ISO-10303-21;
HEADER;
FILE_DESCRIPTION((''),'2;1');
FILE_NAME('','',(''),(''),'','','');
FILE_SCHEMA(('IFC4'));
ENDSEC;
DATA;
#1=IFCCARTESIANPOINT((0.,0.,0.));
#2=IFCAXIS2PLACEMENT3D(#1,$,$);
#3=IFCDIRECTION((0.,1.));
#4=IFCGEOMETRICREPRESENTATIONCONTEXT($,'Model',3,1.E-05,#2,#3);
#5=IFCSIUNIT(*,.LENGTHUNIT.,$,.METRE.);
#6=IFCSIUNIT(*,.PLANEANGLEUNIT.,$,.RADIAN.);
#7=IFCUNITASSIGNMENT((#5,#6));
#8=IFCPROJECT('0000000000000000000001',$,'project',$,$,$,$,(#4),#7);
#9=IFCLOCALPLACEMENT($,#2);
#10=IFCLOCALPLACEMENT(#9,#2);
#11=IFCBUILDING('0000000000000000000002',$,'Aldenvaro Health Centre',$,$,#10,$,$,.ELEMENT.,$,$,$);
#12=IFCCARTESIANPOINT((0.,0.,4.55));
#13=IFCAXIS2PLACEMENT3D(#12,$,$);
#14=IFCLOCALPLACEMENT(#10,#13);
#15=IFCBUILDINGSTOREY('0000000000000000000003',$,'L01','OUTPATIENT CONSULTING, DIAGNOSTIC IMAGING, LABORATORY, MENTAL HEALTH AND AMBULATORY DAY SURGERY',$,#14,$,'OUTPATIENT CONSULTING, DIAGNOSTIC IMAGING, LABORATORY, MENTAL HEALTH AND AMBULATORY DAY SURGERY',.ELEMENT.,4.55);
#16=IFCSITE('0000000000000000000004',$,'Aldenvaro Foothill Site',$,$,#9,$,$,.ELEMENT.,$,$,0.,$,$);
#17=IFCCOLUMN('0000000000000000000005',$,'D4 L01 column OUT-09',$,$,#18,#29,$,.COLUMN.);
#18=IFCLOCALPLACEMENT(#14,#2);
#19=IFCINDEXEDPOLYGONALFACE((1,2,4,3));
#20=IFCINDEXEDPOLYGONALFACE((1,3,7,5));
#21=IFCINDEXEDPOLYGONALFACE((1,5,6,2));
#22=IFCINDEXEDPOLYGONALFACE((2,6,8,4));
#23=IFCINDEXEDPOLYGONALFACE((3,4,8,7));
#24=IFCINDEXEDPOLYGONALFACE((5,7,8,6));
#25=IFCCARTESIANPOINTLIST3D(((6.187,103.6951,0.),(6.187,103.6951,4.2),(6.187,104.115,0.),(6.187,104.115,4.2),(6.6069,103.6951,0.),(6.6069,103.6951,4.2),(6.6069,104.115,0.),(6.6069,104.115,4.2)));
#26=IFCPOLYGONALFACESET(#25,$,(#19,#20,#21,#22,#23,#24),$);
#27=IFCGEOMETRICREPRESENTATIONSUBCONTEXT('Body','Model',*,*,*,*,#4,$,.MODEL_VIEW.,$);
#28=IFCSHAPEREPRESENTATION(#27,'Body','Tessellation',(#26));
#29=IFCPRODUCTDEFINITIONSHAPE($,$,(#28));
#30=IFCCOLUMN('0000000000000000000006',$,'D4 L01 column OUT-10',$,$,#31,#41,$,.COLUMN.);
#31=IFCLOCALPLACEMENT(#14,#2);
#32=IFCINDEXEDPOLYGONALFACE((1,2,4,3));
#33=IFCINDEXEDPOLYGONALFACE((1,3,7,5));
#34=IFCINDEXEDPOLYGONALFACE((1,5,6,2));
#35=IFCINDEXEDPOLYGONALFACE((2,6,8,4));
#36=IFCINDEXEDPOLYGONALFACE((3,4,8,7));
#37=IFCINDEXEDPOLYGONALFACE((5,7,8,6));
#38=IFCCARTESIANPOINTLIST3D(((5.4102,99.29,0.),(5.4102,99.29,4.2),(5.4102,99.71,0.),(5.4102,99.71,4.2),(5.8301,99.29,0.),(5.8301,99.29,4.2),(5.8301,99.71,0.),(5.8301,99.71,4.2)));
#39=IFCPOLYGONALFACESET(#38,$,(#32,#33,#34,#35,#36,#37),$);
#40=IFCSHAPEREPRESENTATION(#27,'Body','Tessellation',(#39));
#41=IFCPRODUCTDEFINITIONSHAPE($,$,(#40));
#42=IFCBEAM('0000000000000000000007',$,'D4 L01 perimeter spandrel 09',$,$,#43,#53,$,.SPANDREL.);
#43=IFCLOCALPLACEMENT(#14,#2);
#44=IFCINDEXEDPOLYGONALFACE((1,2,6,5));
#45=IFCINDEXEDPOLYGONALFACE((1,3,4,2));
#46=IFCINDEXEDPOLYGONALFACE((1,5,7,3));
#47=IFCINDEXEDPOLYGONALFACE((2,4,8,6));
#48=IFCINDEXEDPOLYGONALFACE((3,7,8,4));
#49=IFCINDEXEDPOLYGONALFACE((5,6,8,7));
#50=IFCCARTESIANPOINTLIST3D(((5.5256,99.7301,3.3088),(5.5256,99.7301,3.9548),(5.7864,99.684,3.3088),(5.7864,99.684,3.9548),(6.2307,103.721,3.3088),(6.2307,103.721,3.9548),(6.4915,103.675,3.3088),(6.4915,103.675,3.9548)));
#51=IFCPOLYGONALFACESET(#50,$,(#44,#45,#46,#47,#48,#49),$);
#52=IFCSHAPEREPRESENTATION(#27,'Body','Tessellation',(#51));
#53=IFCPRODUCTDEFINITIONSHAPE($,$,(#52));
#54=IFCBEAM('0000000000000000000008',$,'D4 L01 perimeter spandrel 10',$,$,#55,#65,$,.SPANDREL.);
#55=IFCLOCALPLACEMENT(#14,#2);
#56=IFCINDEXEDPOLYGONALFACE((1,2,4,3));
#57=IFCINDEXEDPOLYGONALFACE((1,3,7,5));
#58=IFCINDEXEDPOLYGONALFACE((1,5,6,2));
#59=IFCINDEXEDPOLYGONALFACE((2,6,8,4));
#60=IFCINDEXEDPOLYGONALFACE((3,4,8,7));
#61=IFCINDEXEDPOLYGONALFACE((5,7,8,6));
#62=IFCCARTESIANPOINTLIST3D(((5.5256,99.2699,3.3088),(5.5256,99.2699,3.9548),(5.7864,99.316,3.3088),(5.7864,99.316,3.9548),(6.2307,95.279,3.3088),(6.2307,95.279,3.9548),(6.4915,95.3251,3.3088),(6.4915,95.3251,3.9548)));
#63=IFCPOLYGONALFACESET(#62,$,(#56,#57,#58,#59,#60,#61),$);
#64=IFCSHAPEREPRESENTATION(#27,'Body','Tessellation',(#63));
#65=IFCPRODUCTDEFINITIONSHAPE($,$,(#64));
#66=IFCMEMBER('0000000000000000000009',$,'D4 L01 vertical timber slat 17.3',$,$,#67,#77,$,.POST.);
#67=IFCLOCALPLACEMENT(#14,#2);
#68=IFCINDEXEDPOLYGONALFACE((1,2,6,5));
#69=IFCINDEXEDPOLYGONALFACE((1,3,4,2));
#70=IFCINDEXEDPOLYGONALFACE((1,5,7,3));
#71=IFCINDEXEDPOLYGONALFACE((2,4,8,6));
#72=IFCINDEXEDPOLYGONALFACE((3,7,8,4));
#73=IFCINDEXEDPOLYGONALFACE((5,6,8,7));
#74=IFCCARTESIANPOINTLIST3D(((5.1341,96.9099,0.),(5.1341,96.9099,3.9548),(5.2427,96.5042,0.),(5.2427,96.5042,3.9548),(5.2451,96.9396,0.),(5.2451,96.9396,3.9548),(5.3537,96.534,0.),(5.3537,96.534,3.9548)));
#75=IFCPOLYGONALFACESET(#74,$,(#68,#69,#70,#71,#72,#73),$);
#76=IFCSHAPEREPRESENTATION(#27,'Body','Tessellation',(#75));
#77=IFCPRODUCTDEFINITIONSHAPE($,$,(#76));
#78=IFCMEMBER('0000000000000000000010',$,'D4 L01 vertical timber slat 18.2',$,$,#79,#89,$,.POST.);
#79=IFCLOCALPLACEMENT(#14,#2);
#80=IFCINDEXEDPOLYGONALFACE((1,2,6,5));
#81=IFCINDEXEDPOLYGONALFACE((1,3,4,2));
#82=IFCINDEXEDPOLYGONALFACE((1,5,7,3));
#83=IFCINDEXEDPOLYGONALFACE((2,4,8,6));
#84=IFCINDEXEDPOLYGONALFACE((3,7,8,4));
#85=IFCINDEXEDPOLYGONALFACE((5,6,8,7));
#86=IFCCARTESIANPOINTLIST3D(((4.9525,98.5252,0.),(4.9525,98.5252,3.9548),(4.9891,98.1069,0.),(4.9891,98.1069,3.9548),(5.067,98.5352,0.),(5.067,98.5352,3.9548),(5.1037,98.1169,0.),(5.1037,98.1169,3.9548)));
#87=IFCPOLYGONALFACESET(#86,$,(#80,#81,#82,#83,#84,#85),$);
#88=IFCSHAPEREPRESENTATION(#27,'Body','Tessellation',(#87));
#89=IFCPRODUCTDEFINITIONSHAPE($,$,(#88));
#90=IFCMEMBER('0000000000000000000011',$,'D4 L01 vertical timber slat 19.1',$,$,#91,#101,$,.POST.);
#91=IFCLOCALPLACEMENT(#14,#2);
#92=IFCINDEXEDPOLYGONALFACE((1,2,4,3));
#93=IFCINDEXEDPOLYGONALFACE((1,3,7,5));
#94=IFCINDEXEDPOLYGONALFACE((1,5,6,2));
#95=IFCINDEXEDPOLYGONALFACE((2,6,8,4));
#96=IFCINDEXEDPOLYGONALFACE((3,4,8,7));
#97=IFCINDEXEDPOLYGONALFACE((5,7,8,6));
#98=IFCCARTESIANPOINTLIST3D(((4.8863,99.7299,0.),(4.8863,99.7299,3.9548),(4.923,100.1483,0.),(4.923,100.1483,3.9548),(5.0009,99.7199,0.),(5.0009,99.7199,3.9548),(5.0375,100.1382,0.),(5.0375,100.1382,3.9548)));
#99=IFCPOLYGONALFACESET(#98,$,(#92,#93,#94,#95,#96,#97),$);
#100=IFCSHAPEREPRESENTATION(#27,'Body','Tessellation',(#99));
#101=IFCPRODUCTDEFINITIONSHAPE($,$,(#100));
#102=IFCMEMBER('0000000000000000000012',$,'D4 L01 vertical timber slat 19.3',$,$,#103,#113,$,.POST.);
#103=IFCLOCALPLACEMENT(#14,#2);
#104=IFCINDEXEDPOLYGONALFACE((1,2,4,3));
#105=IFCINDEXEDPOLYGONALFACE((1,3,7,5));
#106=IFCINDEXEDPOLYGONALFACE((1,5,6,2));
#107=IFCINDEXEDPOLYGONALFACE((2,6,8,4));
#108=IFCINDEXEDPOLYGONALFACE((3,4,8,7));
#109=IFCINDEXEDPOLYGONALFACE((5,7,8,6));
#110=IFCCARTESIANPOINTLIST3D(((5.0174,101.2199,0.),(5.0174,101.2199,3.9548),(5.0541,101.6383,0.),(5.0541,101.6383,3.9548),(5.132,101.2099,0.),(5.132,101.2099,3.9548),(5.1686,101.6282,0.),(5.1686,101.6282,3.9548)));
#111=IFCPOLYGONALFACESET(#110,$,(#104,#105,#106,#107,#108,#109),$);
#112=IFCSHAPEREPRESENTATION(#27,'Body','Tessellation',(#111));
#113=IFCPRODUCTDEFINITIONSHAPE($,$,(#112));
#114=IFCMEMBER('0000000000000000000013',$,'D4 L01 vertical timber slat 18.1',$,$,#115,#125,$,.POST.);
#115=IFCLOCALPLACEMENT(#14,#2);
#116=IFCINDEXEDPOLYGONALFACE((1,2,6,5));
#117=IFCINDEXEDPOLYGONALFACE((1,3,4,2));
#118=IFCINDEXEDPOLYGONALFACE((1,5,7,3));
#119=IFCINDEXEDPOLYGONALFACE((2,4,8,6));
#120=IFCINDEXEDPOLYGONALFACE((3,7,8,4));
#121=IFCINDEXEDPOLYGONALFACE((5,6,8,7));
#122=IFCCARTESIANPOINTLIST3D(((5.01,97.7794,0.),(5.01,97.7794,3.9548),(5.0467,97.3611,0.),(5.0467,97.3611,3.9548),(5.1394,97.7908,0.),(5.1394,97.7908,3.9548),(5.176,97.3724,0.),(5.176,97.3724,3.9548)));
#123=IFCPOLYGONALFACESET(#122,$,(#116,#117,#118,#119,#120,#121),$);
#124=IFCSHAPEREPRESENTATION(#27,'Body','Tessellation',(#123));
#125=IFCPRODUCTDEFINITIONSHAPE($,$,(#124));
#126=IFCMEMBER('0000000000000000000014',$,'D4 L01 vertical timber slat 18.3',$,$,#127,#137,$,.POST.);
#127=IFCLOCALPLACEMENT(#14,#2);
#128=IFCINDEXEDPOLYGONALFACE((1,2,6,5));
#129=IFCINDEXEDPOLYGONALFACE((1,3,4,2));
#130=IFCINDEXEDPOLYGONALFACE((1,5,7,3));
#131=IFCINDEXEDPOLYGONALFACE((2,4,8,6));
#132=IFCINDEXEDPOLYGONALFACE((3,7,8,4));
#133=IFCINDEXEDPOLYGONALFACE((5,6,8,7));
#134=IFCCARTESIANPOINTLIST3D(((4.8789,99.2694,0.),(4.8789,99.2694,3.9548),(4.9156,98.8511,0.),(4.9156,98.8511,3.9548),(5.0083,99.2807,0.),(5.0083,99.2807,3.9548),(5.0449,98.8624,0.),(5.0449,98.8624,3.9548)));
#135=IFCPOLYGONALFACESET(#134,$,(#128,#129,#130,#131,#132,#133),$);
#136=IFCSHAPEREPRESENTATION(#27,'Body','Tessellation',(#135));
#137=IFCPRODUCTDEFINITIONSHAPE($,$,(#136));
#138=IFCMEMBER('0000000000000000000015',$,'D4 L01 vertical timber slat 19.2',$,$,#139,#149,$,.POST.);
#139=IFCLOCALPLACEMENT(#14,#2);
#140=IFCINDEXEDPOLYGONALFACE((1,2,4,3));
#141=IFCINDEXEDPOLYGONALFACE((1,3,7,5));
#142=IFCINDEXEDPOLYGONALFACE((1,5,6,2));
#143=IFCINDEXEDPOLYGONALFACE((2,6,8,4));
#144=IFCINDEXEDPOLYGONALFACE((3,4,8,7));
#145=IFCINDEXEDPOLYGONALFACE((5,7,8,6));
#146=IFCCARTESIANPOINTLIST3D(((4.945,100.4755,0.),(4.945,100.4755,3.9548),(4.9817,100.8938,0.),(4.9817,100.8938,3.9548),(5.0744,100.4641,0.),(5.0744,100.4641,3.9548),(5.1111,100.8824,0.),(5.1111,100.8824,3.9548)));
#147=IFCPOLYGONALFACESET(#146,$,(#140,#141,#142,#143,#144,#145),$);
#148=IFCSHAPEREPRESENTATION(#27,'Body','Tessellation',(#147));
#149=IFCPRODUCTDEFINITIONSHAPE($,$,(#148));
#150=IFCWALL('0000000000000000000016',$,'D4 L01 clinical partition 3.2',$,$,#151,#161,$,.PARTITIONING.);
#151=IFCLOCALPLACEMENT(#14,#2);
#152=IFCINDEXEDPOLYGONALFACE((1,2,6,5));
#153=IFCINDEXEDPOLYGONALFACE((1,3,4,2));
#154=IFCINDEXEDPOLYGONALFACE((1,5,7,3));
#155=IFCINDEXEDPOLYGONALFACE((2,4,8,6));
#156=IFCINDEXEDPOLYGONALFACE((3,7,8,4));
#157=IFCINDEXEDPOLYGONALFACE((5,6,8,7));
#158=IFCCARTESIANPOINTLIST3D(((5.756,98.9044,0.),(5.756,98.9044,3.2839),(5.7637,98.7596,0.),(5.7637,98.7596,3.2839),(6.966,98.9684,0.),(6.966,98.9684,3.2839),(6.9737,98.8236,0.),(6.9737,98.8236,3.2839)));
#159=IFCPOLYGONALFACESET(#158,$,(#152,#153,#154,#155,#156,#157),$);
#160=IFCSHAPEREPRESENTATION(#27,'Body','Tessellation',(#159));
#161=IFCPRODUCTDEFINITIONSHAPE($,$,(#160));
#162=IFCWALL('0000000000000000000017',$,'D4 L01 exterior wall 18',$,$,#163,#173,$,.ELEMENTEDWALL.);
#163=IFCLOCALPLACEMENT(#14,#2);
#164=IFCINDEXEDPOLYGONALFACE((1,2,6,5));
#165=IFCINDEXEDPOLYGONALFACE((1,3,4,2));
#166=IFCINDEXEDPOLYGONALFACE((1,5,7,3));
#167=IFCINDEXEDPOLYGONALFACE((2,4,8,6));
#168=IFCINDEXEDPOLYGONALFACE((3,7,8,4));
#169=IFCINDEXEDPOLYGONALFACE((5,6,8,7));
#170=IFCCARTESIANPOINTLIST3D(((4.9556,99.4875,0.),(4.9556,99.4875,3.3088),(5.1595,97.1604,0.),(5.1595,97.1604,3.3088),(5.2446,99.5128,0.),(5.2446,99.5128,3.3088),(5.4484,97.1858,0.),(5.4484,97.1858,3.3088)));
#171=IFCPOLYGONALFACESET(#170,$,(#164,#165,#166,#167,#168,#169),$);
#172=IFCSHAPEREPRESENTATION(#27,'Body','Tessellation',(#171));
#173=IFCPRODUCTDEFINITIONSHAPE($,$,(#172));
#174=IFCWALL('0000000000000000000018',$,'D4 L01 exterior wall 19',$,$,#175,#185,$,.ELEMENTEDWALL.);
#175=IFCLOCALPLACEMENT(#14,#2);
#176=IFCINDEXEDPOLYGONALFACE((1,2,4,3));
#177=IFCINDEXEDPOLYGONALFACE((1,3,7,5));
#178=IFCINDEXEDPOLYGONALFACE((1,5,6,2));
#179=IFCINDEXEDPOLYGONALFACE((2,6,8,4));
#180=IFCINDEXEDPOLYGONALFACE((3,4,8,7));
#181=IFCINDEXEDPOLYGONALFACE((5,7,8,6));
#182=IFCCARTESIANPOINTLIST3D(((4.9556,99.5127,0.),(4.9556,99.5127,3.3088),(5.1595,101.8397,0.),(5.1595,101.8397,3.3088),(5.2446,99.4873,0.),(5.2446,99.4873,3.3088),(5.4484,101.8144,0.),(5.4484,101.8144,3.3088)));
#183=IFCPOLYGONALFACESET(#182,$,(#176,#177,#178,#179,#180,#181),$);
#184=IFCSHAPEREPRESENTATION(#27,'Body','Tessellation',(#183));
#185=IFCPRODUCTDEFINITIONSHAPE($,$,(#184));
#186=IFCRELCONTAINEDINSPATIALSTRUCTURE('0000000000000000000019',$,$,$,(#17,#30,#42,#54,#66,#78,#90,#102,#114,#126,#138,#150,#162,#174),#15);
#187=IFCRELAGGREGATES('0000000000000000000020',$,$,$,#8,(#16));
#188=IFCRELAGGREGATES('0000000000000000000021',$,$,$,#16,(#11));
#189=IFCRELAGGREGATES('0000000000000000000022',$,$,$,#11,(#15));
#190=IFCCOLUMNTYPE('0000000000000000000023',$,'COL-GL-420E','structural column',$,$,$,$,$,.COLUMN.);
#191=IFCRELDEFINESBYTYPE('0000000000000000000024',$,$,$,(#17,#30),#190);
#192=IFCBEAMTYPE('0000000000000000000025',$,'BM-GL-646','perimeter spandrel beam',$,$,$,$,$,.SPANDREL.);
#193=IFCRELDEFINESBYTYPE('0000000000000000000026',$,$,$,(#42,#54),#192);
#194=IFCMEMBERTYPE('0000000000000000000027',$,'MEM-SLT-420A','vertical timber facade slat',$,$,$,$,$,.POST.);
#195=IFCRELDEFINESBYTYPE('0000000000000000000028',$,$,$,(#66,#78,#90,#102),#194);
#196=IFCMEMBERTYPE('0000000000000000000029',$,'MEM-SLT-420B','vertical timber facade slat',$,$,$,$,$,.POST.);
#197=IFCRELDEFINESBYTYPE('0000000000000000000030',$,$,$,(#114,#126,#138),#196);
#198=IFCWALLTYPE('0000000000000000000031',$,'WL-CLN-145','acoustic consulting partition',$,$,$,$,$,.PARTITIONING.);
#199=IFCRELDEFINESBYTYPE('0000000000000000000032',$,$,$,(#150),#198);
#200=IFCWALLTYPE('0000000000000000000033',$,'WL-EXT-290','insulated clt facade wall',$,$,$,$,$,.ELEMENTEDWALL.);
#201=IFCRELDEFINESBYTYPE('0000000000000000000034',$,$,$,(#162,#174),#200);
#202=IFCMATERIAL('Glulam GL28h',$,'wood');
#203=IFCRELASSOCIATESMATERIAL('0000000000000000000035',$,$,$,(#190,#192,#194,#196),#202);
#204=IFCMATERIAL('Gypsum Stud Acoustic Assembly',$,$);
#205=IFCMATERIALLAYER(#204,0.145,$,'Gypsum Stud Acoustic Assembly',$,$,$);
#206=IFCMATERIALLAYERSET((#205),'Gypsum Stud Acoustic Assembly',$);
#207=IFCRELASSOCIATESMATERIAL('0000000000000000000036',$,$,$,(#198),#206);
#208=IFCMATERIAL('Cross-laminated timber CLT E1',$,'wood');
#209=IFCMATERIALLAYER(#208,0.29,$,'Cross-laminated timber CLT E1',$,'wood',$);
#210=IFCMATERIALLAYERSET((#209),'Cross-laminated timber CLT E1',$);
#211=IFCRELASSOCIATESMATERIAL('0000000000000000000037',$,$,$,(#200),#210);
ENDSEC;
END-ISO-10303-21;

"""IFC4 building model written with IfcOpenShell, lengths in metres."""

from ifc_helpers import new_model, si_unit, direction, frame, frame_2d, origin, origin_2d, place, context, subcontext, project, spatial, rectangle, extrude, material, layer, layer_set, material_profile, profile_set, type_object, element, save


model = new_model("IFC4")

# Units and contexts
model_context = context("Model", 3, precision=1e-05, world=origin(), true_north=direction((0.0, 1.0)))
body_context = subcontext(model_context, "Body", "Model", "MODEL_VIEW")
ifc_project = project(units=[si_unit("LENGTHUNIT", "METRE"), si_unit("PLANEANGLEUNIT", "RADIAN")], contexts=[model_context])

# Site, building, storey
site_placement = place(None, origin())
site = spatial("IfcSite", under=ifc_project, at=site_placement, Name="Aldenvaro Foothill Site", CompositionType="ELEMENT", RefElevation=0.0)
building_placement = place(site_placement, origin())
building = spatial("IfcBuilding", under=site, at=building_placement, Name="Aldenvaro Health Centre", CompositionType="ELEMENT")
storey_placement = place(building_placement, frame((0.0, 0.0, 4.55)))
storey = spatial("IfcBuildingStorey", under=building, at=storey_placement, Name="L01", Description="OUTPATIENT CONSULTING, DIAGNOSTIC IMAGING, LABORATORY, MENTAL HEALTH AND AMBULATORY DAY SURGERY", LongName="OUTPATIENT CONSULTING, DIAGNOSTIC IMAGING, LABORATORY, MENTAL HEALTH AND AMBULATORY DAY SURGERY", CompositionType="ELEMENT", Elevation=4.55)

# Columns
ifc_material_1 = material(Name="Glulam GL28h", Category="wood")
ifc_material_profile_1 = material_profile(ifc_material_1, rectangle(XDim=0.4199, YDim=0.4199, at=origin_2d()), Name="GL 420x420", Category="wood")
ifc_profile_set_1 = profile_set([ifc_material_profile_1], Name="Glulam GL28h")
column_type = type_object("IfcColumnType", Name="COL-GL-420E", Description="structural column", PredefinedType="COLUMN", material=ifc_profile_set_1)
for number, where, z_axis, x_axis, name in (
    (1, (6.397, 103.905, 0.0), (0.0, 0.0, 1.0), (1.0, 0.0, 0.0), "D4 L01 column OUT-09"),
    (2, (5.6201, 99.5, 0.0), (0.0, 0.0, 1.0), (1.0, 0.0, 0.0), "D4 L01 column OUT-10"),
):
    element("IfcColumn", number, at=place(storey_placement, frame(where, z_axis=z_axis, x_axis=x_axis)), inside=storey, type_object=column_type, Name=name, PredefinedType="COLUMN", context=body_context, shape_type="SweptSolid", body=[
        extrude(rectangle(XDim=0.4199, YDim=0.4199, at=origin_2d()), origin(), (0.0, 0.0, 1.0), 4.2),
    ])

# Beams
ifc_material_profile_2 = material_profile(ifc_material_1, rectangle(XDim=0.2649, YDim=0.646, at=origin_2d()), Name="GL 265x646", Category="wood")
ifc_profile_set_2 = profile_set([ifc_material_profile_2], Name="Glulam GL28h")
beam_type = type_object("IfcBeamType", Name="BM-GL-646", Description="perimeter spandrel beam", PredefinedType="SPANDREL", material=ifc_profile_set_2)
for number, where, z_axis, x_axis, name in (
    (3, (6.3611, 103.698, 3.6318), (-0.173974, -0.98475, 0.0), (0.98475, -0.173974, 0.0), "D4 L01 perimeter spandrel 09"),
    (4, (5.656, 99.293, 3.6318), (0.173974, -0.98475, 0.0), (0.98475, 0.173974, 0.0), "D4 L01 perimeter spandrel 10"),
):
    element("IfcBeam", number, at=place(storey_placement, frame(where, z_axis=z_axis, x_axis=x_axis)), inside=storey, type_object=beam_type, Name=name, PredefinedType="SPANDREL", context=body_context, shape_type="SweptSolid", body=[
        extrude(rectangle(XDim=0.2649, YDim=0.646, at=origin_2d()), origin(), (0.0, 0.0, 1.0), 4.0527),
    ])

# Members
ifc_material_profile_3 = material_profile(ifc_material_1, rectangle(XDim=0.115, YDim=0.4199, at=origin_2d()), Name="GL 115x420", Category="wood")
ifc_profile_set_3 = profile_set([ifc_material_profile_3], Name="Glulam GL28h")
member_type_1 = type_object("IfcMemberType", Name="MEM-SLT-420A", Description="vertical timber facade slat", PredefinedType="POST", material=ifc_profile_set_3)
for number, where, z_axis, x_axis, name in (
    (5, (5.2439, 96.7219, 0.0), (0.0, 0.0, 1.0), (-0.965979, -0.258622, 0.0), "D4 L01 vertical timber slat 17.3"),
    (6, (5.0281, 98.321, 0.0), (0.0, 0.0, 1.0), (-0.996179, -0.087332, 0.0), "D4 L01 vertical timber slat 18.2"),
    (7, (4.9619, 99.9341, 0.0), (0.0, 0.0, 1.0), (-0.996179, 0.087332, 0.0), "D4 L01 vertical timber slat 19.1"),
    (8, (5.093, 101.4241, 0.0), (0.0, 0.0, 1.0), (-0.996179, 0.087332, 0.0), "D4 L01 vertical timber slat 19.3"),
):
    element("IfcMember", number, at=place(storey_placement, frame(where, z_axis=z_axis, x_axis=x_axis)), inside=storey, type_object=member_type_1, Name=name, PredefinedType="POST", context=body_context, shape_type="SweptSolid", body=[
        extrude(rectangle(XDim=0.115, YDim=0.4199, at=origin_2d()), origin(), (0.0, 0.0, 1.0), 3.9548),
    ])
ifc_material_profile_4 = material_profile(ifc_material_1, rectangle(XDim=0.1299, YDim=0.4199, at=origin_2d()), Name="GL 130x420", Category="wood")
ifc_profile_set_4 = profile_set([ifc_material_profile_4], Name="Glulam GL28h")
member_type_2 = type_object("IfcMemberType", Name="MEM-SLT-420B", Description="vertical timber facade slat", PredefinedType="POST", material=ifc_profile_set_4)
for number, where, z_axis, x_axis, name in (
    (9, (5.093, 97.5759, 0.0), (0.0, 0.0, 1.0), (-0.996179, -0.087332, 0.0), "D4 L01 vertical timber slat 18.1"),
    (10, (4.9619, 99.0659, 0.0), (0.0, 0.0, 1.0), (-0.996179, -0.087332, 0.0), "D4 L01 vertical timber slat 18.3"),
    (11, (5.0281, 100.679, 0.0), (0.0, 0.0, 1.0), (-0.996179, 0.087332, 0.0), "D4 L01 vertical timber slat 19.2"),
):
    element("IfcMember", number, at=place(storey_placement, frame(where, z_axis=z_axis, x_axis=x_axis)), inside=storey, type_object=member_type_2, Name=name, PredefinedType="POST", context=body_context, shape_type="SweptSolid", body=[
        extrude(rectangle(XDim=0.1299, YDim=0.4199, at=origin_2d()), origin(), (0.0, 0.0, 1.0), 3.9548),
    ])

# Walls
ifc_material_2 = material(Name="Gypsum Stud Acoustic Assembly")
ifc_layer_1 = layer(ifc_material_2, 0.145, Name="Gypsum Stud Acoustic Assembly")
ifc_layer_set_1 = layer_set([ifc_layer_1], Name="Gypsum Stud Acoustic Assembly")
wall_type_1 = type_object("IfcWallType", Name="WL-CLN-145", Description="acoustic consulting partition", PredefinedType="PARTITIONING", material=ifc_layer_set_1)
wall_1_placement = place(storey_placement, frame((6.97, 98.896, 0.0), z_axis=(0.0, 0.0, 1.0), x_axis=(-0.998606, -0.052791, 0.0)))
element("IfcWall", 12, at=wall_1_placement, inside=storey, type_object=wall_type_1, Name="D4 L01 clinical partition 3.2", PredefinedType="PARTITIONING", context=body_context, shape_type="SweptSolid", body=[
    extrude(rectangle(XDim=1.2117, YDim=0.145, at=frame_2d((0.606, 0.0))), origin(), (0.0, 0.0, 1.0), 3.2839),
])
ifc_material_3 = material(Name="Cross-laminated timber CLT E1", Category="wood")
ifc_layer_2 = layer(ifc_material_3, 0.29, Name="Cross-laminated timber CLT E1", Category="wood")
ifc_layer_set_2 = layer_set([ifc_layer_2], Name="Cross-laminated timber CLT E1")
wall_type_2 = type_object("IfcWallType", Name="WL-EXT-290", Description="insulated clt facade wall", PredefinedType="ELEMENTEDWALL", material=ifc_layer_set_2)
for number, where, z_axis, x_axis, name in (
    (13, (5.304, 97.1731, 0.0), (0.0, 0.0, 1.0), (-0.087275, 0.996184, 0.0), "D4 L01 exterior wall 18"),
    (14, (5.1001, 99.5, 0.0), (0.0, 0.0, 1.0), (0.087275, 0.996184, 0.0), "D4 L01 exterior wall 19"),
):
    element("IfcWall", number, at=place(storey_placement, frame(where, z_axis=z_axis, x_axis=x_axis)), inside=storey, type_object=wall_type_2, Name=name, PredefinedType="ELEMENTEDWALL", context=body_context, shape_type="SweptSolid", body=[
        extrude(rectangle(XDim=2.3359, YDim=0.29, at=frame_2d((1.168, 0.0))), origin(), (0.0, 0.0, 1.0), 3.3088),
    ])

save(model, "model.ifc")
